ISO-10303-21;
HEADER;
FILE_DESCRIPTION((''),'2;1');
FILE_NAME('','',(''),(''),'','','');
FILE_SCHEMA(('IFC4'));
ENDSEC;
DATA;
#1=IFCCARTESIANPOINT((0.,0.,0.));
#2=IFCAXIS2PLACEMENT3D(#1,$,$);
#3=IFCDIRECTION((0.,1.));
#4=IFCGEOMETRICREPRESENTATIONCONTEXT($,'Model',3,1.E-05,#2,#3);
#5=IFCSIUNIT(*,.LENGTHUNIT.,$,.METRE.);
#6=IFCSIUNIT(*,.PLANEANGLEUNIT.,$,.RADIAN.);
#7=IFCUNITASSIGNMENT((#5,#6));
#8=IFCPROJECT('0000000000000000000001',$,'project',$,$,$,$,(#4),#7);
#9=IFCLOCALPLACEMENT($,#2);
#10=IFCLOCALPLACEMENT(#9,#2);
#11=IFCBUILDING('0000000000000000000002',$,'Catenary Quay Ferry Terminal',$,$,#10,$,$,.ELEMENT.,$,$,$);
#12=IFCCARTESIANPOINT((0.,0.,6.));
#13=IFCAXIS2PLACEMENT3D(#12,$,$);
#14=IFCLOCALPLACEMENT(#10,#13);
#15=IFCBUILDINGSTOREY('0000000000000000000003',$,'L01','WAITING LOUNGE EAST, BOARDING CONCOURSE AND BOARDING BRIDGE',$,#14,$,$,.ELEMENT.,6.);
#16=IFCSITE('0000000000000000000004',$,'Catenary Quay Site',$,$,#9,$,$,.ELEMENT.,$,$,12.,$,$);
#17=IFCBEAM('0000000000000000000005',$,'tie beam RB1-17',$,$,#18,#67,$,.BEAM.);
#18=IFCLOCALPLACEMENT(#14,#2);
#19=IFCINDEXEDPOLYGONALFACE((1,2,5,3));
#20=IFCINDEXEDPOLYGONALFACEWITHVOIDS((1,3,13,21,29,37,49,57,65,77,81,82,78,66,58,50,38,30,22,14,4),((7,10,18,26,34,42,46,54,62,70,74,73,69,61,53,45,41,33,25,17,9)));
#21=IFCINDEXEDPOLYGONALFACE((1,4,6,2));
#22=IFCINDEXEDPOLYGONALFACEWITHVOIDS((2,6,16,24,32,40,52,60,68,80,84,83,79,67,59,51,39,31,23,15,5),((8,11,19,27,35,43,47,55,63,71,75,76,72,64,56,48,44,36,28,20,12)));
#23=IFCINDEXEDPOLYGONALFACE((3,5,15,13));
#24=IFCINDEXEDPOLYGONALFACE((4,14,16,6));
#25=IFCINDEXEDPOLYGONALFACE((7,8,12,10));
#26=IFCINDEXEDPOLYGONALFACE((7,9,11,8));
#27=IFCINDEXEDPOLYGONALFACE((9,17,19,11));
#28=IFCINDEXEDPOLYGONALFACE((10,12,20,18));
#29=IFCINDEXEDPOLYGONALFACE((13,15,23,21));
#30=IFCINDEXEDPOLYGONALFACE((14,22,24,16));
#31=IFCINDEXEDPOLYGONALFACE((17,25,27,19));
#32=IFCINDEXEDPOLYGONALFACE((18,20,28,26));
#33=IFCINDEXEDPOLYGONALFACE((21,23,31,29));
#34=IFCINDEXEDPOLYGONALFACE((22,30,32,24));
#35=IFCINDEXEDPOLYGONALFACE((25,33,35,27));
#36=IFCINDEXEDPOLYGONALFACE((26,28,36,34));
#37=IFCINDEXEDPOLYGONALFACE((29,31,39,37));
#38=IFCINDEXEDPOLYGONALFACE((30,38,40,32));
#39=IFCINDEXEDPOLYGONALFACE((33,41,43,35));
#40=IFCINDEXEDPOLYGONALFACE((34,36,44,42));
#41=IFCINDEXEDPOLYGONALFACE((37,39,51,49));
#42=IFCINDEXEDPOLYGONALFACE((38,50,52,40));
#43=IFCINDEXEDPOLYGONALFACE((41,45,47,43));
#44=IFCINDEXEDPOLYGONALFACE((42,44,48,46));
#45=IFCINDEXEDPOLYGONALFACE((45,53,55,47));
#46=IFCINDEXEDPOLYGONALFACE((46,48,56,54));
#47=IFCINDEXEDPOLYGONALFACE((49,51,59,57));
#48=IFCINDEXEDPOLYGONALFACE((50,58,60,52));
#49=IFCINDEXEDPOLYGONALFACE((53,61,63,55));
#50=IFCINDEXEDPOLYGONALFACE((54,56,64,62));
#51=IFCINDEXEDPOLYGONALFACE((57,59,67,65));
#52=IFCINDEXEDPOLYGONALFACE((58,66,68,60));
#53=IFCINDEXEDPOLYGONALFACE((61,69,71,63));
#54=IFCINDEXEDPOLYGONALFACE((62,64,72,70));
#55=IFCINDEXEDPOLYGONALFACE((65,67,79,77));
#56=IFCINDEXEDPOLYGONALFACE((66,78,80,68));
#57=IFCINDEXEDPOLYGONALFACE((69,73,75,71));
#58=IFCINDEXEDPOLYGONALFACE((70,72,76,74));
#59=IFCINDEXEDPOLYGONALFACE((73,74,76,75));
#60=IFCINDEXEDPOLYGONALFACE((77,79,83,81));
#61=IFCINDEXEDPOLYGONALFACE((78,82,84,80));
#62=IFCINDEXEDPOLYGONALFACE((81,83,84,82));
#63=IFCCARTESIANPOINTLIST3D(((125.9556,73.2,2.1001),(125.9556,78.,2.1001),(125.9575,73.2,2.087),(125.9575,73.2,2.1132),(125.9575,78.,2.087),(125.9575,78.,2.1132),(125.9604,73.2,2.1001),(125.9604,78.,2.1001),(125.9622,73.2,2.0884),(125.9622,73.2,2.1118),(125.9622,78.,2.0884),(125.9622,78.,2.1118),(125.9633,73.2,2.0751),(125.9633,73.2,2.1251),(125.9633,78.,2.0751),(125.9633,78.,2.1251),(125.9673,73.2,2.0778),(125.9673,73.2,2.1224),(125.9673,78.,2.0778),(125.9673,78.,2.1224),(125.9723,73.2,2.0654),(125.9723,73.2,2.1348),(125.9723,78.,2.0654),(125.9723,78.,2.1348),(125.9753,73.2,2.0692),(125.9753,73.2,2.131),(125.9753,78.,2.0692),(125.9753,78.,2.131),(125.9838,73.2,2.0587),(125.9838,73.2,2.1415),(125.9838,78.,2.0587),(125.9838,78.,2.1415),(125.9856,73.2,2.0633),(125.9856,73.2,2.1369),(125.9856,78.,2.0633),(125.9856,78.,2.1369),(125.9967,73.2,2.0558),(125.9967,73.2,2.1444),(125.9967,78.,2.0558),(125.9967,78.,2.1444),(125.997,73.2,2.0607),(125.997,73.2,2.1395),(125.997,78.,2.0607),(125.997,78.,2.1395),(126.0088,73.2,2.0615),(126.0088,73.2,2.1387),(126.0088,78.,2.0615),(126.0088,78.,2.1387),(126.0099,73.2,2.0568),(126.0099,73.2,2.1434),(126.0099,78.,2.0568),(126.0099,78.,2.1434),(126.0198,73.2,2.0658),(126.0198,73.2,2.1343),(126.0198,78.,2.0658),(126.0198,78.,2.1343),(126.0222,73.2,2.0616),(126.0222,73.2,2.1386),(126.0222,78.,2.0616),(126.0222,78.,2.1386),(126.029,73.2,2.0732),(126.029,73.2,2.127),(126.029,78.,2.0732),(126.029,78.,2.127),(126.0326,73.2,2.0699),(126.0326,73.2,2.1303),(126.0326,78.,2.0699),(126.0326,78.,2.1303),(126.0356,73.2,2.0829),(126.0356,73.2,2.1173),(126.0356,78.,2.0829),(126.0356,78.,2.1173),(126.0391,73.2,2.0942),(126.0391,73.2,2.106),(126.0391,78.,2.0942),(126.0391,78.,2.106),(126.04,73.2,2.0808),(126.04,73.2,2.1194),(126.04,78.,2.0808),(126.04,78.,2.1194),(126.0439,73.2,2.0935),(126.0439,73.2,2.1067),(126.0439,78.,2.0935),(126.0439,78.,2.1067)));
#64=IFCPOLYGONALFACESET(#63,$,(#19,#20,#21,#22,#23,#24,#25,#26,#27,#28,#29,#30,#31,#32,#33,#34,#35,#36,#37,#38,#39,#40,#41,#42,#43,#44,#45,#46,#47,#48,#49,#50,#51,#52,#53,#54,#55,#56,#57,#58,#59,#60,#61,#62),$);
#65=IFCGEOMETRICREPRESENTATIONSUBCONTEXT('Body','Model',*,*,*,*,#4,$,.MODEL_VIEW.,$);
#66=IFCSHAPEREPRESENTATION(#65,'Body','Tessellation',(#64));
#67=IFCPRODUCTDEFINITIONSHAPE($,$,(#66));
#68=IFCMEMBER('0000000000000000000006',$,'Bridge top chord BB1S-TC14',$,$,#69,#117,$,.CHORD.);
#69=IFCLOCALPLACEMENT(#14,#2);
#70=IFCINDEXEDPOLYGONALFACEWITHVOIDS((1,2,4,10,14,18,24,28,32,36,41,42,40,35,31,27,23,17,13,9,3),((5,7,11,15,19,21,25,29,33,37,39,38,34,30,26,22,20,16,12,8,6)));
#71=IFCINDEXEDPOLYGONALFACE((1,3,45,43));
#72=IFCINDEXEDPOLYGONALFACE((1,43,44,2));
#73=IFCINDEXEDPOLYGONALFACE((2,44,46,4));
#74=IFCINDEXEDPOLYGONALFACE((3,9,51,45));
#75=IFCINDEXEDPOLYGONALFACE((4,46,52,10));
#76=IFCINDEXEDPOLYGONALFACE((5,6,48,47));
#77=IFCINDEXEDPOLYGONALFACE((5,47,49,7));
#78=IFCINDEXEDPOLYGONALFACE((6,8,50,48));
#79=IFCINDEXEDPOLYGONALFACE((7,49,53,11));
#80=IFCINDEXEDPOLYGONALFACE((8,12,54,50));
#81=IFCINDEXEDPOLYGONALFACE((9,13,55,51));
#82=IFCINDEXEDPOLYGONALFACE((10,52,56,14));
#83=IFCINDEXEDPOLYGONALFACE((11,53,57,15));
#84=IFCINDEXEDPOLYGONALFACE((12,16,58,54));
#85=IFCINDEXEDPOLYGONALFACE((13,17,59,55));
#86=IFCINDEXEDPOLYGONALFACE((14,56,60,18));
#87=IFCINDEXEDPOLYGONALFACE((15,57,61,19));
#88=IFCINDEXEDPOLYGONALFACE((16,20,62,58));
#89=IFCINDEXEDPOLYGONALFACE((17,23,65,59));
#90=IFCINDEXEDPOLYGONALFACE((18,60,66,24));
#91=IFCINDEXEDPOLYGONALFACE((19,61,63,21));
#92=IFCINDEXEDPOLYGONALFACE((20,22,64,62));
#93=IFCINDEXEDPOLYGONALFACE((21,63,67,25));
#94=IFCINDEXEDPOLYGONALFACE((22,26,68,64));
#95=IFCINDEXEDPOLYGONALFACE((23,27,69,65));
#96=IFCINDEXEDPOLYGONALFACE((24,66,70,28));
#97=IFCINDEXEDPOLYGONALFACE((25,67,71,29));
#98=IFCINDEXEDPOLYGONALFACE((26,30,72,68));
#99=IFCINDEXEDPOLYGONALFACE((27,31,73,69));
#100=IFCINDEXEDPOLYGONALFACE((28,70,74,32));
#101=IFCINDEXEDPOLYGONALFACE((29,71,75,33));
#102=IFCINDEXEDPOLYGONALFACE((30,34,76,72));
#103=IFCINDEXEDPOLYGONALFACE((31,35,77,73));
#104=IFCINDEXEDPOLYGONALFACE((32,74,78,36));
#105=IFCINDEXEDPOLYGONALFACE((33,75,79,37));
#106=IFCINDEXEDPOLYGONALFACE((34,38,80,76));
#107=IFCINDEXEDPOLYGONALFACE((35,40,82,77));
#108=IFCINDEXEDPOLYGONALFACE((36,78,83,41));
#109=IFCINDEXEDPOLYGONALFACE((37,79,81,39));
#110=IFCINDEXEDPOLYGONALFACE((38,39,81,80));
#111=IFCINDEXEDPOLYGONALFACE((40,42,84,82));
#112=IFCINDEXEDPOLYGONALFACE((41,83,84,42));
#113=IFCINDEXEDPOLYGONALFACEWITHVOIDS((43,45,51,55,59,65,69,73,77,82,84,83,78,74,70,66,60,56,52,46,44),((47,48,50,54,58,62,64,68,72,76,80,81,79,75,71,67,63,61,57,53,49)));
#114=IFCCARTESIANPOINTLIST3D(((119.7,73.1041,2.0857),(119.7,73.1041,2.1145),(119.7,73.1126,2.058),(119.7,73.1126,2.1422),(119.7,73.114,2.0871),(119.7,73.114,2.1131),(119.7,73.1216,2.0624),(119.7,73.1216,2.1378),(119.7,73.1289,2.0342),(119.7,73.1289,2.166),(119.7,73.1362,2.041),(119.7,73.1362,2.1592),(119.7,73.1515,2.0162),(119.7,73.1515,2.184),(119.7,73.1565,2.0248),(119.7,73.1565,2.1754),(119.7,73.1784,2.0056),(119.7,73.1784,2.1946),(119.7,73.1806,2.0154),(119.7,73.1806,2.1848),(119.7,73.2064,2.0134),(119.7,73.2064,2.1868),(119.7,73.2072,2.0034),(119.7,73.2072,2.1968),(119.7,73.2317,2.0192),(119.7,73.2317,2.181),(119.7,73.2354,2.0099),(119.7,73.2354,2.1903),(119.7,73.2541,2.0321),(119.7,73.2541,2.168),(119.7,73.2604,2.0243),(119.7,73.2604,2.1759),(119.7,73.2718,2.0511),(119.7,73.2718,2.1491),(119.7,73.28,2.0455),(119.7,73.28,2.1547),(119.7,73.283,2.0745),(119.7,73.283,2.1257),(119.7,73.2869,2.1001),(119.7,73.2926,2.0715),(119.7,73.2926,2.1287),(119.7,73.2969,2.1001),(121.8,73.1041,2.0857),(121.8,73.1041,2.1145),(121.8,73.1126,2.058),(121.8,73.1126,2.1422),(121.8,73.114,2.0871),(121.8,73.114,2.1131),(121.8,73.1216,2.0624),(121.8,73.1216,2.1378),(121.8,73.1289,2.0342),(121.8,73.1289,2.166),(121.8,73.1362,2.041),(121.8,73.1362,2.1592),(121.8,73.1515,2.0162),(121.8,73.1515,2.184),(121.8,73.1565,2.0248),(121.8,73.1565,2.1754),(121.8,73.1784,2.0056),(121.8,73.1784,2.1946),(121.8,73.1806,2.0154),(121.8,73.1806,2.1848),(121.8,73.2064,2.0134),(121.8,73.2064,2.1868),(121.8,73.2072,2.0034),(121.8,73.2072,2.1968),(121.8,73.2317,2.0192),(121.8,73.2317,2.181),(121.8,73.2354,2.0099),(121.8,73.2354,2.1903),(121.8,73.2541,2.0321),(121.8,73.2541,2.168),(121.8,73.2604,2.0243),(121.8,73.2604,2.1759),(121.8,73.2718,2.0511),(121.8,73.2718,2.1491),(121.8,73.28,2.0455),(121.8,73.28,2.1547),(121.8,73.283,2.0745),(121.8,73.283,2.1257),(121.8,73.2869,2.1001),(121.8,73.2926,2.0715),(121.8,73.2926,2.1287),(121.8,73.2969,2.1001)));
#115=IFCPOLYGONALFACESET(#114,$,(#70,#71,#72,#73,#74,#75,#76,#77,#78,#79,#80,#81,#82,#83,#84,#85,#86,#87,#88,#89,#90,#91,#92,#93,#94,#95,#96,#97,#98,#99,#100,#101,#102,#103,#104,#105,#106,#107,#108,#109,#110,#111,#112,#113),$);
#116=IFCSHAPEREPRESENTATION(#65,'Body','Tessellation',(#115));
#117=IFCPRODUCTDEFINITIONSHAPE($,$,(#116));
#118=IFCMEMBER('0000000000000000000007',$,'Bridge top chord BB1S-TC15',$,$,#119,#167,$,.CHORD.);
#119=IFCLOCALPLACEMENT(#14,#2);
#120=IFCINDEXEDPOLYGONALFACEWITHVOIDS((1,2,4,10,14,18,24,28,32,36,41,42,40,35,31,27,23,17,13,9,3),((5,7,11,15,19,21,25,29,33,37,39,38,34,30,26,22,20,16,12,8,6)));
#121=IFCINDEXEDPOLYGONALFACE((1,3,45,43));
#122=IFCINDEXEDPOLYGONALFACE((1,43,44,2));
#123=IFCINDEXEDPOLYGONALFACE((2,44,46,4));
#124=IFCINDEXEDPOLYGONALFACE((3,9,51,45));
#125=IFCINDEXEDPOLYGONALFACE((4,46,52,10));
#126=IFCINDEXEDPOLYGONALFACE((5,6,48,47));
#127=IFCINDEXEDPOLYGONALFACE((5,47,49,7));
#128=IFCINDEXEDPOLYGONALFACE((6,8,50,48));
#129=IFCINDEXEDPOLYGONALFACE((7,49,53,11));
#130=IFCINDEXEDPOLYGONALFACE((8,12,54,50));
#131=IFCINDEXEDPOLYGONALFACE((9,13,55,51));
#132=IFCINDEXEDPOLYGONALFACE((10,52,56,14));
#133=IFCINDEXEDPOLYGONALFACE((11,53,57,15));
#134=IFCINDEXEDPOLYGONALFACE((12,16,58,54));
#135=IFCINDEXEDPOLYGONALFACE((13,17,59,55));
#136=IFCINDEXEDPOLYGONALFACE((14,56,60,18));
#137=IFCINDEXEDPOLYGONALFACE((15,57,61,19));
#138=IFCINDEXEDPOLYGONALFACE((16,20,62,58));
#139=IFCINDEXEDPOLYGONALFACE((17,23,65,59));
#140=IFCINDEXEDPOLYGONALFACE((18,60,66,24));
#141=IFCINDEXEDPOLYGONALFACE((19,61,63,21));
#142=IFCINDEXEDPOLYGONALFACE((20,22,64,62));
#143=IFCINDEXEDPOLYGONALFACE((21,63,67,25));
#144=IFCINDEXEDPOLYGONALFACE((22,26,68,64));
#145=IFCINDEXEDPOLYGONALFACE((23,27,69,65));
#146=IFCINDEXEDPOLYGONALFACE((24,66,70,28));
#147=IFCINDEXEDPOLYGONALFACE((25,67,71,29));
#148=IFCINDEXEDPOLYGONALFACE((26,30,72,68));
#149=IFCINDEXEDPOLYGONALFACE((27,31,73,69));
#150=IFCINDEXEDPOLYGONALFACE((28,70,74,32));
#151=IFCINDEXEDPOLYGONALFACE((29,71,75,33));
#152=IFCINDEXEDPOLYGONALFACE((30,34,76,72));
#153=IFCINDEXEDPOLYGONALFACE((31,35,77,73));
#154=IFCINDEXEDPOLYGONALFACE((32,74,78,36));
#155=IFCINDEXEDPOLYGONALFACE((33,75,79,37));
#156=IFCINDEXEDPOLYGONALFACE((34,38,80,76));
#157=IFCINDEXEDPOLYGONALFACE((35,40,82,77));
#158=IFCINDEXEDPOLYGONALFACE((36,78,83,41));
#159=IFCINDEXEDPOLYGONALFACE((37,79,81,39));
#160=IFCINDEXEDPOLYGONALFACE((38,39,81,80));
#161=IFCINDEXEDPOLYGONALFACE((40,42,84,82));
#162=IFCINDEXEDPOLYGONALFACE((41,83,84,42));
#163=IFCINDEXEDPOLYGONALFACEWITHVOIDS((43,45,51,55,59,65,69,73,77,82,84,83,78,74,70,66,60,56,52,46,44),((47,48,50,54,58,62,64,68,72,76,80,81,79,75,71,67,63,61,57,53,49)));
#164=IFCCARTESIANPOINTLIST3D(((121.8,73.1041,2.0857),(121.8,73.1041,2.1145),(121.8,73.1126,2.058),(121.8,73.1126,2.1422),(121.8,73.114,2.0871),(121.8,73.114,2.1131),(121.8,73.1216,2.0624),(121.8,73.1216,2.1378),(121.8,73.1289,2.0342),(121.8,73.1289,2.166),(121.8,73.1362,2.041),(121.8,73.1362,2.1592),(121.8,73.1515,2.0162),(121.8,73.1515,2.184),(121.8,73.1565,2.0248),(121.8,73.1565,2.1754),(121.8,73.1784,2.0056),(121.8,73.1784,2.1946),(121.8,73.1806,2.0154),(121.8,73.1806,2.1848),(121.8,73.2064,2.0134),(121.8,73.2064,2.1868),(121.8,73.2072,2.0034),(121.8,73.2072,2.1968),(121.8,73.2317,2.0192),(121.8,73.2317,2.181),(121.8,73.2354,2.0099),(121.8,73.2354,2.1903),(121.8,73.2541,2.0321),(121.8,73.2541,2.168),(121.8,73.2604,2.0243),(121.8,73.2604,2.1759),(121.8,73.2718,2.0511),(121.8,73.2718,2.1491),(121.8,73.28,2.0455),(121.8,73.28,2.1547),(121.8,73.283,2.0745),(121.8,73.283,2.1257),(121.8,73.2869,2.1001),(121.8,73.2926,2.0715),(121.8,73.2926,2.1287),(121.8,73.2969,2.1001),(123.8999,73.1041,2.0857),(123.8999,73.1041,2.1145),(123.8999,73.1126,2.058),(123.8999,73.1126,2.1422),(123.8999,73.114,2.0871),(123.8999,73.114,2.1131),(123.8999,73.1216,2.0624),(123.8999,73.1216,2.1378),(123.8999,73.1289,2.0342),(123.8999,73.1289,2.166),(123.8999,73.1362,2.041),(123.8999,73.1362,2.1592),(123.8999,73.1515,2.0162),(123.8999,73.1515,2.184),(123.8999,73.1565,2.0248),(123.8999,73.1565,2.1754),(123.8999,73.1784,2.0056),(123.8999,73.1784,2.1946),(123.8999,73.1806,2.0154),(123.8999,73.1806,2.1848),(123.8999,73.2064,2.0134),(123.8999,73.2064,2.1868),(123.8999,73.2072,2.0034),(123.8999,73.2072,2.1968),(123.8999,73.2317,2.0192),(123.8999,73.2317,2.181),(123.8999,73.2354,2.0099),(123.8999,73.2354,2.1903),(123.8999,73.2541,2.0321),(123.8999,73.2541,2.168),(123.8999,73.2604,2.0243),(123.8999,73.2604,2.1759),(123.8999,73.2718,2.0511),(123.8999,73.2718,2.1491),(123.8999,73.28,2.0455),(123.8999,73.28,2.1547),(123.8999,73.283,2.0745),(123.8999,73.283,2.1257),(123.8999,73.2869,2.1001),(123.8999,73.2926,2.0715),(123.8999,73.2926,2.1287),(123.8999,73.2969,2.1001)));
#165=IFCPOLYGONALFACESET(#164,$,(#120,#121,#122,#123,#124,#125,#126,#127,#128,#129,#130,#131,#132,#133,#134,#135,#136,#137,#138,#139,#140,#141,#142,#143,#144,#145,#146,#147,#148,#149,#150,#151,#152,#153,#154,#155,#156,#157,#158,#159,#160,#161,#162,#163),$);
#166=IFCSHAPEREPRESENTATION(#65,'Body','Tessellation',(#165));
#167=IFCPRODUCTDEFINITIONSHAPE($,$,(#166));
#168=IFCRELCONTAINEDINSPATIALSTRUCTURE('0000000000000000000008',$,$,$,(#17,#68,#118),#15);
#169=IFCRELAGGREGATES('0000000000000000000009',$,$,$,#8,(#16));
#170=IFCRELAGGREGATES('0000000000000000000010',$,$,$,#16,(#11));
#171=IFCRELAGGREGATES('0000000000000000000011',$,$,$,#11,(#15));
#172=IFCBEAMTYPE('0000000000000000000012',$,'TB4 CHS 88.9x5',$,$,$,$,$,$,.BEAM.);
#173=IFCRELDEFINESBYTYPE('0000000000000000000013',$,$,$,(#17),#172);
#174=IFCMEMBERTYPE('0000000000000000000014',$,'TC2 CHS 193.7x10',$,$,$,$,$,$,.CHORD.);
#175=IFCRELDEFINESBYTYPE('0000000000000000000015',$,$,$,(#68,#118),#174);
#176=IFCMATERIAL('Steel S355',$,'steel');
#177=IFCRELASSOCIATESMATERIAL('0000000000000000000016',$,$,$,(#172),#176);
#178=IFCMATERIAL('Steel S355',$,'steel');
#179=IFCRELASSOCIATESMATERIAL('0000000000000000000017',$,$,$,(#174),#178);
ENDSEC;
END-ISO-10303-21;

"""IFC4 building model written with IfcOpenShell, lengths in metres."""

from ifc_helpers import new_model, si_unit, direction, frame, origin, origin_2d, place, context, subcontext, project, spatial, hollow_circle, extrude, material, material_profile, profile_set, type_object, element, save


model = new_model("IFC4")

# Units and contexts
model_context = context("Model", 3, precision=1e-05, world=origin(), true_north=direction((0.0, 1.0)))
body_context = subcontext(model_context, "Body", "Model", "MODEL_VIEW")
ifc_project = project(units=[si_unit("LENGTHUNIT", "METRE"), si_unit("PLANEANGLEUNIT", "RADIAN")], contexts=[model_context])

# Site, building, storey
site_placement = place(None, origin())
site = spatial("IfcSite", under=ifc_project, at=site_placement, Name="Catenary Quay Site", CompositionType="ELEMENT", RefElevation=12.0)
building_placement = place(site_placement, origin())
building = spatial("IfcBuilding", under=site, at=building_placement, Name="Catenary Quay Ferry Terminal", CompositionType="ELEMENT")
storey_placement = place(building_placement, frame((0.0, 0.0, 6.0)))
storey = spatial("IfcBuildingStorey", under=building, at=storey_placement, Name="L01", Description="WAITING LOUNGE EAST, BOARDING CONCOURSE AND BOARDING BRIDGE", CompositionType="ELEMENT", Elevation=6.0)

# Beam
ifc_material_1 = material(Name="Steel S355", Category="steel")
ifc_material_profile_1 = material_profile(ifc_material_1, hollow_circle(Radius=0.0444, WallThickness=0.0049, at=origin_2d()), Name="CHS 88.9x5")
ifc_profile_set_1 = profile_set([ifc_material_profile_1], Name="Steel S355")
beam_type_1 = type_object("IfcBeamType", Name="TB4 CHS 88.9x5", PredefinedType="BEAM", material=ifc_profile_set_1)
for number, where, z_axis, x_axis, name in (
    (1, (126.0, 73.2, 2.1001), (0.0, 1.0, 0.0), (-1.0, 0.0, 0.0), "tie beam RB1-17"),
):
    element("IfcBeam", number, at=place(storey_placement, frame(where, z_axis=z_axis, x_axis=x_axis)), inside=storey, type_object=beam_type_1, Name=name, PredefinedType="BEAM", context=body_context, shape_type="SweptSolid", body=[
        extrude(hollow_circle(Radius=0.0444, WallThickness=0.0049, at=origin_2d()), origin(), (0.0, 0.0, 1.0), 4.8),
    ])

# Members
ifc_material_2 = material(Name="Steel S355", Category="steel")
ifc_material_profile_2 = material_profile(ifc_material_2, hollow_circle(Radius=0.0969, WallThickness=0.01, at=origin_2d()), Name="CHS 193.7x10")
ifc_profile_set_2 = profile_set([ifc_material_profile_2], Name="Steel S355")
member_type_1 = type_object("IfcMemberType", Name="TC2 CHS 193.7x10", PredefinedType="CHORD", material=ifc_profile_set_2)
member_1_placement = place(storey_placement, frame((119.7, 73.2, 2.1001), z_axis=(1.0, 0.0, 0.0), x_axis=(0.0, 1.0, 0.0)))
element("IfcMember", 2, at=member_1_placement, inside=storey, type_object=member_type_1, Name="Bridge top chord BB1S-TC14", PredefinedType="CHORD", context=body_context, shape_type="SweptSolid", body=[
    extrude(hollow_circle(Radius=0.0969, WallThickness=0.01, at=origin_2d()), origin(), (0.0, 0.0, 1.0), 2.1001),
])
member_2_placement = place(storey_placement, frame((121.8, 73.2, 2.1001), z_axis=(1.0, 0.0, 0.0), x_axis=(0.0, 1.0, 0.0)))
element("IfcMember", 3, at=member_2_placement, inside=storey, type_object=member_type_1, Name="Bridge top chord BB1S-TC15", PredefinedType="CHORD", context=body_context, shape_type="SweptSolid", body=[
    extrude(hollow_circle(Radius=0.0969, WallThickness=0.01, at=origin_2d()), origin(), (0.0, 0.0, 1.0), 2.0999),
])

save(model, "model.ifc")
